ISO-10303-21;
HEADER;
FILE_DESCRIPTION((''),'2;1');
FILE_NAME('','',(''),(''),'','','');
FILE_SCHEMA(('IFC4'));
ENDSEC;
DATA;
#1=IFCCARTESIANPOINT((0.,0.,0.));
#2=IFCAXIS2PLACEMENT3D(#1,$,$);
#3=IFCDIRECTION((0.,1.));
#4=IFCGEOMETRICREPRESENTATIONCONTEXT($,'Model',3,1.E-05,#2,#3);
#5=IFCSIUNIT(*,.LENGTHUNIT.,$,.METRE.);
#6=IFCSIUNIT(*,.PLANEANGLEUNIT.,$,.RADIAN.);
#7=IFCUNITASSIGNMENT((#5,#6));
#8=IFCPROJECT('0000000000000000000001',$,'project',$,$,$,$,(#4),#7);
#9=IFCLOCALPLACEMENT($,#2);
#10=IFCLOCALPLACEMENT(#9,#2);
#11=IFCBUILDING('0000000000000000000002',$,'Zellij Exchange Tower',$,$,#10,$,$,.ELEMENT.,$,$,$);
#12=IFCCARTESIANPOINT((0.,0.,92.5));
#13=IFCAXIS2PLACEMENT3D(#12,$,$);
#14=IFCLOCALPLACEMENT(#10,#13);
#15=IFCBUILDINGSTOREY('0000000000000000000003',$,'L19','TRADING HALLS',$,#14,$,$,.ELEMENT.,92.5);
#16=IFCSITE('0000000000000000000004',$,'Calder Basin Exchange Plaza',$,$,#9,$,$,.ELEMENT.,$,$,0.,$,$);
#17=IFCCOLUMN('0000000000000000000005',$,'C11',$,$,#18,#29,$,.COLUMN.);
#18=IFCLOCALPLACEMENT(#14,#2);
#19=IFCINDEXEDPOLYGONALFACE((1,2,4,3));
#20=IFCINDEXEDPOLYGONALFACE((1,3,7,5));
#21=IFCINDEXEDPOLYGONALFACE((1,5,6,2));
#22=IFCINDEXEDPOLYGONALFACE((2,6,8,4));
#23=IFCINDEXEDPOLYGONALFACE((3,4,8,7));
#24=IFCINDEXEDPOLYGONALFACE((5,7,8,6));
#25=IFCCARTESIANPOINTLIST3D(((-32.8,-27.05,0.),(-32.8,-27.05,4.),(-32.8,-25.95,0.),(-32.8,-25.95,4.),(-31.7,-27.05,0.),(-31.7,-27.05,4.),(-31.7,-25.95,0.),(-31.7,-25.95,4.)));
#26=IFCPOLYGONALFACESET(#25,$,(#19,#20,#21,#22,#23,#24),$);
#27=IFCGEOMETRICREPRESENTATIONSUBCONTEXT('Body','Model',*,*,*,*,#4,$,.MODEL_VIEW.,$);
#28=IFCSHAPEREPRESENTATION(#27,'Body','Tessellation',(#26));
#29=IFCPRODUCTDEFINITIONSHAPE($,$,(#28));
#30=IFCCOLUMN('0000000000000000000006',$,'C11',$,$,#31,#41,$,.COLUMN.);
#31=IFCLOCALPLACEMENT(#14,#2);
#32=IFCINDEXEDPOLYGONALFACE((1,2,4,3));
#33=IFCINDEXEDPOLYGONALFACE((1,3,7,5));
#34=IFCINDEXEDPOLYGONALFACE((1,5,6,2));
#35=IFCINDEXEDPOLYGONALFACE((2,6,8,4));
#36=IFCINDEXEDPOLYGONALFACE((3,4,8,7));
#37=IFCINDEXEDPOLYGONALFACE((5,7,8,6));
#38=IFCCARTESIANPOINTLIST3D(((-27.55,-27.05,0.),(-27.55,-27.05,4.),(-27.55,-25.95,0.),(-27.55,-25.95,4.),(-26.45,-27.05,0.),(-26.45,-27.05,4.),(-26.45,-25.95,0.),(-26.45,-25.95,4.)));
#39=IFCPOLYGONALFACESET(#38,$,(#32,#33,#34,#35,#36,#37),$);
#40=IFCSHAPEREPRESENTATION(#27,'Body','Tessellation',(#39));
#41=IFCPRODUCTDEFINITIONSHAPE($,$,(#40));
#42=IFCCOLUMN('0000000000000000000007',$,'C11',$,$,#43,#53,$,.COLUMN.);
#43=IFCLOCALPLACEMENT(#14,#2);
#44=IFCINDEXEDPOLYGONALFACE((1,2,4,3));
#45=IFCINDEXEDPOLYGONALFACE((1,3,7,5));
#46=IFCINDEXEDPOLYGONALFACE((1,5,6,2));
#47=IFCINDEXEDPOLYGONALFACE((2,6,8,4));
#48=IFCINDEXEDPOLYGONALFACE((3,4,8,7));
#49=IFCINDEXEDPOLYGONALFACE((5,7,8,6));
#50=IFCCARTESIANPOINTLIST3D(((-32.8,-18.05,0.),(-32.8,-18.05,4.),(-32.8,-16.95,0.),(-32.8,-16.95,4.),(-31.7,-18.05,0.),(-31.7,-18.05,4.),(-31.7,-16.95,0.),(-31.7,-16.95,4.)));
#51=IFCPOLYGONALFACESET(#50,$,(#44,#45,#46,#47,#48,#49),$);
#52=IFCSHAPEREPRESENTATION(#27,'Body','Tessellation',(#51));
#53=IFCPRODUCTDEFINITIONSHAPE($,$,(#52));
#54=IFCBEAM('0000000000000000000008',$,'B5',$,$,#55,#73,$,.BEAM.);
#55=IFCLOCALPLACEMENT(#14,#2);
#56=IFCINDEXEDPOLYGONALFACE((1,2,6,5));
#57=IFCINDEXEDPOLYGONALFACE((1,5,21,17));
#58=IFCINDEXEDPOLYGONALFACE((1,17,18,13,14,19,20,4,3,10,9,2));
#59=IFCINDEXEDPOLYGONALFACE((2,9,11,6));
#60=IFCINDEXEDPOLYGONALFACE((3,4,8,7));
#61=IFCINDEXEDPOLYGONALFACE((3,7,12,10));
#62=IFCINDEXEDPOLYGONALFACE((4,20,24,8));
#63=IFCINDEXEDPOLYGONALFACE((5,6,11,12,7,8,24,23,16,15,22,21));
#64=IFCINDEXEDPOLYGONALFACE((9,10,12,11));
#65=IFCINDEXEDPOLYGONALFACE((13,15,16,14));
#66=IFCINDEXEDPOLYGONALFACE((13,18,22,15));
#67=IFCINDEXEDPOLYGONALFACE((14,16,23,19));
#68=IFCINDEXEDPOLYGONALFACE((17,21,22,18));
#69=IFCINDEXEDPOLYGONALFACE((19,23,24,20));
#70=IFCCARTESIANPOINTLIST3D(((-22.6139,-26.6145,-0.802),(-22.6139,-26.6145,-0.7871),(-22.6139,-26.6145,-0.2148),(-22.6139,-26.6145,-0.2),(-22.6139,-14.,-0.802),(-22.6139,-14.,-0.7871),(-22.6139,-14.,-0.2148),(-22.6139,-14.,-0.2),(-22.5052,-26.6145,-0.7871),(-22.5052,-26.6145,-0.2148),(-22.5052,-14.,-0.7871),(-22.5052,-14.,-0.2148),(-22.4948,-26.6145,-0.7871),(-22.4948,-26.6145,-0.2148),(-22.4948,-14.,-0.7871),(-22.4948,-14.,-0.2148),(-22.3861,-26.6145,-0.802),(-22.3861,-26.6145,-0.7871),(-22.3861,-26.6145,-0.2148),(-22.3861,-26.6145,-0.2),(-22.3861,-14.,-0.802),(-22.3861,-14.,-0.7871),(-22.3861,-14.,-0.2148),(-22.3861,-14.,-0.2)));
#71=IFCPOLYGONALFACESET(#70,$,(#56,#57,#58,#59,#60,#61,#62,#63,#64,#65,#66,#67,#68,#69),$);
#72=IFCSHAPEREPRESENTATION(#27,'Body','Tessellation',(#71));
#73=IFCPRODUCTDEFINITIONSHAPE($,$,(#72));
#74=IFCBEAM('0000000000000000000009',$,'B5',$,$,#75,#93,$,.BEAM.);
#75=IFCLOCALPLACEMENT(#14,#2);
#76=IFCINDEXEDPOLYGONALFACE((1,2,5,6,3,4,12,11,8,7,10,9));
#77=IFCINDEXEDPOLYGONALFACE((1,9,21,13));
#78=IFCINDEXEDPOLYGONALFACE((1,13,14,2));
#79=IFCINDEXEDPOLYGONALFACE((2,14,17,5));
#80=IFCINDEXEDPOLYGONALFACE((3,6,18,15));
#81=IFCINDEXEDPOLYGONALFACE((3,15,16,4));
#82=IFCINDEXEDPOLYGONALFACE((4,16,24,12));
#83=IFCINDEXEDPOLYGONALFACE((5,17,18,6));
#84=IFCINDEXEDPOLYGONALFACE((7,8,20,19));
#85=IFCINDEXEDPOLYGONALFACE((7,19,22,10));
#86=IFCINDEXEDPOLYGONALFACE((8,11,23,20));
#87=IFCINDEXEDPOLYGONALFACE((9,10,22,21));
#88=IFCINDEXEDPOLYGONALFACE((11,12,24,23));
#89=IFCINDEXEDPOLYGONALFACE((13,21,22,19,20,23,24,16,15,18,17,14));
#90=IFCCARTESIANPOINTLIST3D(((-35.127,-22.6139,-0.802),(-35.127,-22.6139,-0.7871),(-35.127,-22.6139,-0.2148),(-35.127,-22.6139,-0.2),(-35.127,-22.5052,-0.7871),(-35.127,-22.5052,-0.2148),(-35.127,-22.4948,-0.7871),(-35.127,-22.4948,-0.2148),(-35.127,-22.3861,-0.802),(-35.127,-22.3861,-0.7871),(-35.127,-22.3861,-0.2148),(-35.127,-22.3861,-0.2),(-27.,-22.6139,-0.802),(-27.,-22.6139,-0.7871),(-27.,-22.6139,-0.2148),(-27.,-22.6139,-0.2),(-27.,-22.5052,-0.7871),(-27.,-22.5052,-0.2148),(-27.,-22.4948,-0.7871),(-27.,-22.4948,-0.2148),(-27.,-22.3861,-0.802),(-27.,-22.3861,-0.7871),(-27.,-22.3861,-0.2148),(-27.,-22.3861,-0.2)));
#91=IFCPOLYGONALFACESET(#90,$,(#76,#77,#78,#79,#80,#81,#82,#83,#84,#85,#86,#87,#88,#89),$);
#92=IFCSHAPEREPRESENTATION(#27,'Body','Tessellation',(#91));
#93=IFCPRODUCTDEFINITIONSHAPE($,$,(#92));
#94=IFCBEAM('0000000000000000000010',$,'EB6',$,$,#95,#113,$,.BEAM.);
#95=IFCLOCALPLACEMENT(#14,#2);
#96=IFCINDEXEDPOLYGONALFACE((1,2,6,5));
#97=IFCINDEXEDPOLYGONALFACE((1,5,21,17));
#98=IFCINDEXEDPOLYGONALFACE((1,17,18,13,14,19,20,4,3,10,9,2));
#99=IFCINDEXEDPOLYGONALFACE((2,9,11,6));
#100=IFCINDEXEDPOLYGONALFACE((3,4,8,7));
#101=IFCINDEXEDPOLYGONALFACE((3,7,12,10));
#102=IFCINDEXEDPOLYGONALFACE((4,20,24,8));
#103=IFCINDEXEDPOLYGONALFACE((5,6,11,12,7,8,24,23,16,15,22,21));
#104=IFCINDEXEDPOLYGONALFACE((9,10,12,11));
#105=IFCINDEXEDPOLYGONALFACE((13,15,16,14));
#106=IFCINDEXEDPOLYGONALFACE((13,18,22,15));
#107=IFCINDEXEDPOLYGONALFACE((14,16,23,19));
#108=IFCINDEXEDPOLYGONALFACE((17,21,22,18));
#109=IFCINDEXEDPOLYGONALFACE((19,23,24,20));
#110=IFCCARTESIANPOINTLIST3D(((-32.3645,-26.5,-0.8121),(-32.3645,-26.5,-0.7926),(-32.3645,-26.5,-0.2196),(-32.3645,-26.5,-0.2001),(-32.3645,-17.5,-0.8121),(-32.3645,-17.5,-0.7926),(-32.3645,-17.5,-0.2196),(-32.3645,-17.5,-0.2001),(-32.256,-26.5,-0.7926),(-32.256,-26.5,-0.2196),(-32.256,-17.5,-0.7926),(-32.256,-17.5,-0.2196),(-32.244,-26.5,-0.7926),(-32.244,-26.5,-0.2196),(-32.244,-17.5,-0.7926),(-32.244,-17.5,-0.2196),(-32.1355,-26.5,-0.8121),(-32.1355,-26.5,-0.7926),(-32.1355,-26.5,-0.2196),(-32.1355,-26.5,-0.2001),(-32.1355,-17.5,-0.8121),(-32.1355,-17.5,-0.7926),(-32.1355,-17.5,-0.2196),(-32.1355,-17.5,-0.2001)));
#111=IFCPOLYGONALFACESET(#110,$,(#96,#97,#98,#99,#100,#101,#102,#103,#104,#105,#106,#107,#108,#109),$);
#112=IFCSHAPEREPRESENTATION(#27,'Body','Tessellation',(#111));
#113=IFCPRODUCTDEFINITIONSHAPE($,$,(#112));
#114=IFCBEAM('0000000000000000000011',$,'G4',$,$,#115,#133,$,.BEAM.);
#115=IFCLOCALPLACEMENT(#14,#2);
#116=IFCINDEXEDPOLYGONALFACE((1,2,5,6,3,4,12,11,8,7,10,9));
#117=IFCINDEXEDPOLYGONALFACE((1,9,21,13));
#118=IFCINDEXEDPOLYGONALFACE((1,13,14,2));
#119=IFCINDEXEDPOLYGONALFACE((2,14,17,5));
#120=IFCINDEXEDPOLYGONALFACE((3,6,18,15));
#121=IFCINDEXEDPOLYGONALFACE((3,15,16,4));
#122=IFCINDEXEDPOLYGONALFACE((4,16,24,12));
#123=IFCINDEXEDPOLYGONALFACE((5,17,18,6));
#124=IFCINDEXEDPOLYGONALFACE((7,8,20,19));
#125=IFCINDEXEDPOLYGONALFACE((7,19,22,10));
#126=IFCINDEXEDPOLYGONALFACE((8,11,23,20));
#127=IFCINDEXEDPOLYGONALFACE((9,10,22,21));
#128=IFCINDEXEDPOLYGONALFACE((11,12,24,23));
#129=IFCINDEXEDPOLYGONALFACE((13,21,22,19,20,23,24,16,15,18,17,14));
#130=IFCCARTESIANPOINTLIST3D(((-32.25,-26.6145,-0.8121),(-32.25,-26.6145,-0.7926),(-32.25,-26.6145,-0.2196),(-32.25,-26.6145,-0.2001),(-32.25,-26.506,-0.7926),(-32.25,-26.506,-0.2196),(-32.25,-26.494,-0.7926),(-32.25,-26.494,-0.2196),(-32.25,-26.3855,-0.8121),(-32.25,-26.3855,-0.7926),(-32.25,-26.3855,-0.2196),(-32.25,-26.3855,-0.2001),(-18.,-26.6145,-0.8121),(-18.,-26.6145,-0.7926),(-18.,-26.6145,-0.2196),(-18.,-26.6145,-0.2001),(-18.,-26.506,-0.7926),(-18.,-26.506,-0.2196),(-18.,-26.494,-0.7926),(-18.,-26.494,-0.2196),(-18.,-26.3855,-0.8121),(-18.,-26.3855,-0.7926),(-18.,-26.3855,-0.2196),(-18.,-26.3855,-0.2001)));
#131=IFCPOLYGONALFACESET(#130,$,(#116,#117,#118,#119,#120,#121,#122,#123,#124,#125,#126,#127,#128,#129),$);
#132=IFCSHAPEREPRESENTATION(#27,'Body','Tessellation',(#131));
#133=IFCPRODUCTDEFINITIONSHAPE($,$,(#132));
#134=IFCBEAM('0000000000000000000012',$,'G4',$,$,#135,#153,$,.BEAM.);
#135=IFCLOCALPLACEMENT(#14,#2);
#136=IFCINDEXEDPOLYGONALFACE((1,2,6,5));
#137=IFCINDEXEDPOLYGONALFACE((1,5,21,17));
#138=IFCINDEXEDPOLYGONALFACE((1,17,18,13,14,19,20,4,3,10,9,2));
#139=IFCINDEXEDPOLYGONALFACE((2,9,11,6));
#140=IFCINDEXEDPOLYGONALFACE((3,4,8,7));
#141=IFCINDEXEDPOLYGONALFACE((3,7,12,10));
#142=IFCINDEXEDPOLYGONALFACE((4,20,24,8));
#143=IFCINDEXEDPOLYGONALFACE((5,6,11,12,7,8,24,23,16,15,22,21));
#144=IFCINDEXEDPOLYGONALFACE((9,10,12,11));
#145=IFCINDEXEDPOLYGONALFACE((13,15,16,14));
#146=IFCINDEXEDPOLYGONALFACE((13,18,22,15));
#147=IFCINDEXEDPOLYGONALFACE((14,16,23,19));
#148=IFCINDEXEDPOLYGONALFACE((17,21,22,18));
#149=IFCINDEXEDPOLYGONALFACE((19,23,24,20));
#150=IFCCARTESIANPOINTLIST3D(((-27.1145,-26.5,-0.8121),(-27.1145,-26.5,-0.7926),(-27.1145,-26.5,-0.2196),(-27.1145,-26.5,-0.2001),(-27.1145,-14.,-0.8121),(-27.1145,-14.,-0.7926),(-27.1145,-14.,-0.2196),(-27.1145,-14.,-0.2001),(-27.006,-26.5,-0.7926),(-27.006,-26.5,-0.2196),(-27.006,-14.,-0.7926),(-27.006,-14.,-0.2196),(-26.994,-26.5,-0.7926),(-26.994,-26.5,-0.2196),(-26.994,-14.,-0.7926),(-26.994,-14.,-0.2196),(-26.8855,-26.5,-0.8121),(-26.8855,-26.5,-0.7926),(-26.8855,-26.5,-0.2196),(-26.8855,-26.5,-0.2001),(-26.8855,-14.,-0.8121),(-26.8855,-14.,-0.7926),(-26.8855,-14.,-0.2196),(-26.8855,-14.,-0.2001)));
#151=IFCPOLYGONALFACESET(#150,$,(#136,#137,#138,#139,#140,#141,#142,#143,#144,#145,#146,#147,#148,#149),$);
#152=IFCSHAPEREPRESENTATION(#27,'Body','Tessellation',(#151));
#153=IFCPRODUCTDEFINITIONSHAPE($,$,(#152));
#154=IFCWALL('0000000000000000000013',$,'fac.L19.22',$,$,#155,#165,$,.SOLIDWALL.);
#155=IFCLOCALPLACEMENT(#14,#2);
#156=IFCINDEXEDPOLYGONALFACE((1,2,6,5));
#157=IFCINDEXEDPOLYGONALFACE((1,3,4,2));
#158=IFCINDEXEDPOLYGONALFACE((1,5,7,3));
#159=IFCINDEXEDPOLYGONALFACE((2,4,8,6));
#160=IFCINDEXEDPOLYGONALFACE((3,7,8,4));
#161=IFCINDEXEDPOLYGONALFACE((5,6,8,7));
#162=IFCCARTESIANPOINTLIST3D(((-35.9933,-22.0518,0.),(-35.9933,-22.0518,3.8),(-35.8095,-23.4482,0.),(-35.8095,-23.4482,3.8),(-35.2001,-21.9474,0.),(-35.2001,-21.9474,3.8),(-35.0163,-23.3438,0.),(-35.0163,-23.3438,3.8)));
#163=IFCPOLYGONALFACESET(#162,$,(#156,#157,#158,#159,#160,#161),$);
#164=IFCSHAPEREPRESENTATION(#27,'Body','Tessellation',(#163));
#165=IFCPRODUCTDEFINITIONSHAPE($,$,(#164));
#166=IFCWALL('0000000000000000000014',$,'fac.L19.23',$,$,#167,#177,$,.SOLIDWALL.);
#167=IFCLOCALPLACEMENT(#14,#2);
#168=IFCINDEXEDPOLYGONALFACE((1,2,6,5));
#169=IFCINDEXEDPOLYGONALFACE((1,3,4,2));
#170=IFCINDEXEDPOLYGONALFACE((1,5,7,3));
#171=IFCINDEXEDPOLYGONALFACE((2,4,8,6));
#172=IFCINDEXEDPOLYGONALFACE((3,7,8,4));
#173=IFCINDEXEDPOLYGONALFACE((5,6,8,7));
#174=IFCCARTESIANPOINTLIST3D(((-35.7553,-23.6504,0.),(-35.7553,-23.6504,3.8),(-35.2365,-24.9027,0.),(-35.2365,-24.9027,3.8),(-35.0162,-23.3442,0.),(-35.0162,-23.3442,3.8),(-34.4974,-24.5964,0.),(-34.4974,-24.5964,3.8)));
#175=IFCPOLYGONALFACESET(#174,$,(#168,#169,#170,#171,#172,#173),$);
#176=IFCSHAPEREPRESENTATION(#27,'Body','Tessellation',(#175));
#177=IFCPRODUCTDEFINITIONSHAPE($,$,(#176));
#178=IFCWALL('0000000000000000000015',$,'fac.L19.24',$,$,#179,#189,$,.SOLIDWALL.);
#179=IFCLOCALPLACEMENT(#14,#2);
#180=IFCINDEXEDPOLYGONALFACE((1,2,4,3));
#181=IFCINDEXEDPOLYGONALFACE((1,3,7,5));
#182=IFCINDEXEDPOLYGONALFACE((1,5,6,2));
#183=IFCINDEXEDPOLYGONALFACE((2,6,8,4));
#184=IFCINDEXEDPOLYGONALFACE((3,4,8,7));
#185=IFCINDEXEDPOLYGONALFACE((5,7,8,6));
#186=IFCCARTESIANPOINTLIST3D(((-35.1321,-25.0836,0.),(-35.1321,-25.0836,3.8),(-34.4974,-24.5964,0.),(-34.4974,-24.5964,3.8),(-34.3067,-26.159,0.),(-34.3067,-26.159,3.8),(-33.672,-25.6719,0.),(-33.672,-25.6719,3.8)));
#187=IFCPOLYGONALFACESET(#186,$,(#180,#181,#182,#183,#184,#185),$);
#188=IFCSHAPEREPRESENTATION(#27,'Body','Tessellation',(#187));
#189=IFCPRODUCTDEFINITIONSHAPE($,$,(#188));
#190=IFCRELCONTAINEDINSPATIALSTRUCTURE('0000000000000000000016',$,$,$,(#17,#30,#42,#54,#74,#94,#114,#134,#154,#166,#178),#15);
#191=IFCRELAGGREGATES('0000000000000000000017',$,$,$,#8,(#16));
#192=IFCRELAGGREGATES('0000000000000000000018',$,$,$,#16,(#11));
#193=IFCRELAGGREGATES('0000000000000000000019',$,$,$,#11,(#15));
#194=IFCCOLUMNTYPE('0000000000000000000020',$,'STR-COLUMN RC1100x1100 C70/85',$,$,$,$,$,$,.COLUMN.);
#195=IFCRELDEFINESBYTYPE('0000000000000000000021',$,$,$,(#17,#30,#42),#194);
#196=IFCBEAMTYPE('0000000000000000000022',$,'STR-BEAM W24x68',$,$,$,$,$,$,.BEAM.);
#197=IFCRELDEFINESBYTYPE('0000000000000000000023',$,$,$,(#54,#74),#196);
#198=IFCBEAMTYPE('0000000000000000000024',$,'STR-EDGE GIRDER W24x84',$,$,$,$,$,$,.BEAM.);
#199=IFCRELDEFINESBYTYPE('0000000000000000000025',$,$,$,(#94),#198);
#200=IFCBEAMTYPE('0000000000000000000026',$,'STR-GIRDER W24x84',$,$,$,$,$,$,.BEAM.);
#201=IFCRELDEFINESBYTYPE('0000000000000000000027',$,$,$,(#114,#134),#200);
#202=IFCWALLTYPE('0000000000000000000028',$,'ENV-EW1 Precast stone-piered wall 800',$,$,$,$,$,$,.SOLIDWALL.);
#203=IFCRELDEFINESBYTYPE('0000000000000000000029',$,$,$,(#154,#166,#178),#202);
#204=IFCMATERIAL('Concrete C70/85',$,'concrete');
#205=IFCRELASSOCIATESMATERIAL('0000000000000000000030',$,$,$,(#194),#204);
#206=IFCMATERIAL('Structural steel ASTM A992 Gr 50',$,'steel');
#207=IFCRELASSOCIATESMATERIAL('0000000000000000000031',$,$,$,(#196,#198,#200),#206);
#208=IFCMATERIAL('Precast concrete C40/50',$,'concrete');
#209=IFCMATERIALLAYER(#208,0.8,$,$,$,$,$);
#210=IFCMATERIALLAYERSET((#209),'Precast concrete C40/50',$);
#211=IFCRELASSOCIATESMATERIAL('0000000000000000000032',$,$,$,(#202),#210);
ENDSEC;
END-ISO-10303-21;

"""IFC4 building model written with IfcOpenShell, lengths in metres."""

from ifc_helpers import new_model, si_unit, direction, frame, frame_2d, origin, origin_2d, place, context, subcontext, project, spatial, rectangle, i_section, extrude, material, layer, layer_set, material_profile, profile_set, type_object, element, save


model = new_model("IFC4")

# Units and contexts
model_context = context("Model", 3, precision=1e-05, world=origin(), true_north=direction((0.0, 1.0)))
body_context = subcontext(model_context, "Body", "Model", "MODEL_VIEW")
ifc_project = project(units=[si_unit("LENGTHUNIT", "METRE"), si_unit("PLANEANGLEUNIT", "RADIAN")], contexts=[model_context])

# Site, building, storey
site_placement = place(None, origin())
site = spatial("IfcSite", under=ifc_project, at=site_placement, Name="Calder Basin Exchange Plaza", CompositionType="ELEMENT", RefElevation=0.0)
building_placement = place(site_placement, origin())
building = spatial("IfcBuilding", under=site, at=building_placement, Name="Zellij Exchange Tower", CompositionType="ELEMENT")
storey_placement = place(building_placement, frame((0.0, 0.0, 92.5)))
storey = spatial("IfcBuildingStorey", under=building, at=storey_placement, Name="L19", Description="TRADING HALLS", CompositionType="ELEMENT", Elevation=92.5)

# Columns
ifc_material_1 = material(Name="Concrete C70/85", Category="concrete")
ifc_material_profile_1 = material_profile(ifc_material_1, rectangle(XDim=1.1001, YDim=1.1001, at=origin_2d()), Name="STR-COLUMN RC1100x1100 C70/85")
ifc_profile_set_1 = profile_set([ifc_material_profile_1], Name="Concrete C70/85")
column_type = type_object("IfcColumnType", Name="STR-COLUMN RC1100x1100 C70/85", PredefinedType="COLUMN", material=ifc_profile_set_1)
for number, where, z_axis, x_axis, name in (
    (1, (-32.25, -26.5, 0.0), (0.0, 0.0, 1.0), (1.0, 0.0, 0.0), "C11"),
    (2, (-27.0, -26.5, 0.0), (0.0, 0.0, 1.0), (1.0, 0.0, 0.0), "C11"),
    (3, (-32.25, -17.5, 0.0), (0.0, 0.0, 1.0), (1.0, 0.0, 0.0), "C11"),
):
    element("IfcColumn", number, at=place(storey_placement, frame(where, z_axis=z_axis, x_axis=x_axis)), inside=storey, type_object=column_type, Name=name, PredefinedType="COLUMN", context=body_context, shape_type="SweptSolid", body=[
        extrude(rectangle(XDim=1.1001, YDim=1.1001, at=origin_2d()), origin(), (0.0, 0.0, 1.0), 4.0),
    ])

# Beams
ifc_material_2 = material(Name="Structural steel ASTM A992 Gr 50", Category="steel")
ifc_material_profile_2 = material_profile(ifc_material_2, i_section(OverallWidth=0.2278, OverallDepth=0.6021, WebThickness=0.0105, FlangeThickness=0.0149, at=origin_2d()), Name="W24x68")
ifc_profile_set_2 = profile_set([ifc_material_profile_2], Name="Structural steel ASTM A992 Gr 50")
beam_type_1 = type_object("IfcBeamType", Name="STR-BEAM W24x68", PredefinedType="BEAM", material=ifc_profile_set_2)
beam_1_placement = place(storey_placement, frame((-22.5, -26.6145, -0.501), z_axis=(0.0, 1.0, 0.0), x_axis=(-1.0, 0.0, 0.0)))
element("IfcBeam", 4, at=beam_1_placement, inside=storey, type_object=beam_type_1, Name="B5", PredefinedType="BEAM", context=body_context, shape_type="SweptSolid", body=[
    extrude(i_section(OverallWidth=0.2278, OverallDepth=0.6021, WebThickness=0.0105, FlangeThickness=0.0149, at=origin_2d()), origin(), (0.0, 0.0, 1.0), 12.6145),
])
beam_2_placement = place(storey_placement, frame((-35.127, -22.5, -0.501), z_axis=(1.0, 0.0, 0.0), x_axis=(0.0, 1.0, 0.0)))
element("IfcBeam", 5, at=beam_2_placement, inside=storey, type_object=beam_type_1, Name="B5", PredefinedType="BEAM", context=body_context, shape_type="SweptSolid", body=[
    extrude(i_section(OverallWidth=0.2278, OverallDepth=0.6021, WebThickness=0.0105, FlangeThickness=0.0149, at=origin_2d()), origin(), (0.0, 0.0, 1.0), 8.127),
])
ifc_material_profile_3 = material_profile(ifc_material_2, i_section(OverallWidth=0.229, OverallDepth=0.6121, WebThickness=0.012, FlangeThickness=0.0195, at=origin_2d()), Name="W24x84")
ifc_profile_set_3 = profile_set([ifc_material_profile_3], Name="Structural steel ASTM A992 Gr 50")
beam_type_2 = type_object("IfcBeamType", Name="STR-EDGE GIRDER W24x84", PredefinedType="BEAM", material=ifc_profile_set_3)
beam_3_placement = place(storey_placement, frame((-32.25, -26.5, -0.5061), z_axis=(0.0, 1.0, 0.0), x_axis=(-1.0, 0.0, 0.0)))
element("IfcBeam", 6, at=beam_3_placement, inside=storey, type_object=beam_type_2, Name="EB6", PredefinedType="BEAM", context=body_context, shape_type="SweptSolid", body=[
    extrude(i_section(OverallWidth=0.229, OverallDepth=0.6121, WebThickness=0.012, FlangeThickness=0.0195, at=origin_2d()), origin(), (0.0, 0.0, 1.0), 9.0),
])
ifc_material_profile_4 = material_profile(ifc_material_2, i_section(OverallWidth=0.229, OverallDepth=0.6121, WebThickness=0.012, FlangeThickness=0.0195, at=origin_2d()), Name="W24x84")
ifc_profile_set_4 = profile_set([ifc_material_profile_4], Name="Structural steel ASTM A992 Gr 50")
beam_type_3 = type_object("IfcBeamType", Name="STR-GIRDER W24x84", PredefinedType="BEAM", material=ifc_profile_set_4)
beam_4_placement = place(storey_placement, frame((-32.25, -26.5, -0.5061), z_axis=(1.0, 0.0, 0.0), x_axis=(0.0, 1.0, 0.0)))
element("IfcBeam", 7, at=beam_4_placement, inside=storey, type_object=beam_type_3, Name="G4", PredefinedType="BEAM", context=body_context, shape_type="SweptSolid", body=[
    extrude(i_section(OverallWidth=0.229, OverallDepth=0.6121, WebThickness=0.012, FlangeThickness=0.0195, at=origin_2d()), origin(), (0.0, 0.0, 1.0), 14.25),
])
beam_5_placement = place(storey_placement, frame((-27.0, -26.5, -0.5061), z_axis=(0.0, 1.0, 0.0), x_axis=(-1.0, 0.0, 0.0)))
element("IfcBeam", 8, at=beam_5_placement, inside=storey, type_object=beam_type_3, Name="G4", PredefinedType="BEAM", context=body_context, shape_type="SweptSolid", body=[
    extrude(i_section(OverallWidth=0.229, OverallDepth=0.6121, WebThickness=0.012, FlangeThickness=0.0195, at=origin_2d()), origin(), (0.0, 0.0, 1.0), 12.5),
])

# Walls
ifc_material_3 = material(Name="Precast concrete C40/50", Category="concrete")
ifc_layer_1 = layer(ifc_material_3, 0.8)
ifc_layer_set_1 = layer_set([ifc_layer_1], Name="Precast concrete C40/50")
wall_type = type_object("IfcWallType", Name="ENV-EW1 Precast stone-piered wall 800", PredefinedType="SOLIDWALL", material=ifc_layer_set_1)
wall_1_placement = place(storey_placement, frame((-35.5967, -21.9998, 0.0), z_axis=(0.0, 0.0, 1.0), x_axis=(0.130517, -0.991446, 0.0)))
element("IfcWall", 9, at=wall_1_placement, inside=storey, type_object=wall_type, Name="fac.L19.22", PredefinedType="SOLIDWALL", context=body_context, shape_type="SweptSolid", body=[
    extrude(rectangle(XDim=1.4084, YDim=0.8, at=frame_2d((0.7041, 0.0))), origin(), (0.0, 0.0, 1.0), 3.8),
])
wall_2_placement = place(storey_placement, frame((-35.3857, -23.4973, 0.0), z_axis=(0.0, 0.0, 1.0), x_axis=(0.38276, -0.923848, 0.0)))
element("IfcWall", 10, at=wall_2_placement, inside=storey, type_object=wall_type, Name="fac.L19.23", PredefinedType="SOLIDWALL", context=body_context, shape_type="SweptSolid", body=[
    extrude(rectangle(XDim=1.3555, YDim=0.8, at=frame_2d((0.6777, 0.0))), origin(), (0.0, 0.0, 1.0), 3.8),
])
for number, where, z_axis, x_axis, name in (
    (11, (-34.8147, -24.8401, 0.0), (0.0, 0.0, 1.0), (0.608866, -0.793273, 0.0), "fac.L19.24"),
):
    element("IfcWall", number, at=place(storey_placement, frame(where, z_axis=z_axis, x_axis=x_axis)), inside=storey, type_object=wall_type, Name=name, PredefinedType="SOLIDWALL", context=body_context, shape_type="SweptSolid", body=[
        extrude(rectangle(XDim=1.3557, YDim=0.8, at=frame_2d((0.6777, 0.0))), origin(), (0.0, 0.0, 1.0), 3.8),
    ])

save(model, "model.ifc")
